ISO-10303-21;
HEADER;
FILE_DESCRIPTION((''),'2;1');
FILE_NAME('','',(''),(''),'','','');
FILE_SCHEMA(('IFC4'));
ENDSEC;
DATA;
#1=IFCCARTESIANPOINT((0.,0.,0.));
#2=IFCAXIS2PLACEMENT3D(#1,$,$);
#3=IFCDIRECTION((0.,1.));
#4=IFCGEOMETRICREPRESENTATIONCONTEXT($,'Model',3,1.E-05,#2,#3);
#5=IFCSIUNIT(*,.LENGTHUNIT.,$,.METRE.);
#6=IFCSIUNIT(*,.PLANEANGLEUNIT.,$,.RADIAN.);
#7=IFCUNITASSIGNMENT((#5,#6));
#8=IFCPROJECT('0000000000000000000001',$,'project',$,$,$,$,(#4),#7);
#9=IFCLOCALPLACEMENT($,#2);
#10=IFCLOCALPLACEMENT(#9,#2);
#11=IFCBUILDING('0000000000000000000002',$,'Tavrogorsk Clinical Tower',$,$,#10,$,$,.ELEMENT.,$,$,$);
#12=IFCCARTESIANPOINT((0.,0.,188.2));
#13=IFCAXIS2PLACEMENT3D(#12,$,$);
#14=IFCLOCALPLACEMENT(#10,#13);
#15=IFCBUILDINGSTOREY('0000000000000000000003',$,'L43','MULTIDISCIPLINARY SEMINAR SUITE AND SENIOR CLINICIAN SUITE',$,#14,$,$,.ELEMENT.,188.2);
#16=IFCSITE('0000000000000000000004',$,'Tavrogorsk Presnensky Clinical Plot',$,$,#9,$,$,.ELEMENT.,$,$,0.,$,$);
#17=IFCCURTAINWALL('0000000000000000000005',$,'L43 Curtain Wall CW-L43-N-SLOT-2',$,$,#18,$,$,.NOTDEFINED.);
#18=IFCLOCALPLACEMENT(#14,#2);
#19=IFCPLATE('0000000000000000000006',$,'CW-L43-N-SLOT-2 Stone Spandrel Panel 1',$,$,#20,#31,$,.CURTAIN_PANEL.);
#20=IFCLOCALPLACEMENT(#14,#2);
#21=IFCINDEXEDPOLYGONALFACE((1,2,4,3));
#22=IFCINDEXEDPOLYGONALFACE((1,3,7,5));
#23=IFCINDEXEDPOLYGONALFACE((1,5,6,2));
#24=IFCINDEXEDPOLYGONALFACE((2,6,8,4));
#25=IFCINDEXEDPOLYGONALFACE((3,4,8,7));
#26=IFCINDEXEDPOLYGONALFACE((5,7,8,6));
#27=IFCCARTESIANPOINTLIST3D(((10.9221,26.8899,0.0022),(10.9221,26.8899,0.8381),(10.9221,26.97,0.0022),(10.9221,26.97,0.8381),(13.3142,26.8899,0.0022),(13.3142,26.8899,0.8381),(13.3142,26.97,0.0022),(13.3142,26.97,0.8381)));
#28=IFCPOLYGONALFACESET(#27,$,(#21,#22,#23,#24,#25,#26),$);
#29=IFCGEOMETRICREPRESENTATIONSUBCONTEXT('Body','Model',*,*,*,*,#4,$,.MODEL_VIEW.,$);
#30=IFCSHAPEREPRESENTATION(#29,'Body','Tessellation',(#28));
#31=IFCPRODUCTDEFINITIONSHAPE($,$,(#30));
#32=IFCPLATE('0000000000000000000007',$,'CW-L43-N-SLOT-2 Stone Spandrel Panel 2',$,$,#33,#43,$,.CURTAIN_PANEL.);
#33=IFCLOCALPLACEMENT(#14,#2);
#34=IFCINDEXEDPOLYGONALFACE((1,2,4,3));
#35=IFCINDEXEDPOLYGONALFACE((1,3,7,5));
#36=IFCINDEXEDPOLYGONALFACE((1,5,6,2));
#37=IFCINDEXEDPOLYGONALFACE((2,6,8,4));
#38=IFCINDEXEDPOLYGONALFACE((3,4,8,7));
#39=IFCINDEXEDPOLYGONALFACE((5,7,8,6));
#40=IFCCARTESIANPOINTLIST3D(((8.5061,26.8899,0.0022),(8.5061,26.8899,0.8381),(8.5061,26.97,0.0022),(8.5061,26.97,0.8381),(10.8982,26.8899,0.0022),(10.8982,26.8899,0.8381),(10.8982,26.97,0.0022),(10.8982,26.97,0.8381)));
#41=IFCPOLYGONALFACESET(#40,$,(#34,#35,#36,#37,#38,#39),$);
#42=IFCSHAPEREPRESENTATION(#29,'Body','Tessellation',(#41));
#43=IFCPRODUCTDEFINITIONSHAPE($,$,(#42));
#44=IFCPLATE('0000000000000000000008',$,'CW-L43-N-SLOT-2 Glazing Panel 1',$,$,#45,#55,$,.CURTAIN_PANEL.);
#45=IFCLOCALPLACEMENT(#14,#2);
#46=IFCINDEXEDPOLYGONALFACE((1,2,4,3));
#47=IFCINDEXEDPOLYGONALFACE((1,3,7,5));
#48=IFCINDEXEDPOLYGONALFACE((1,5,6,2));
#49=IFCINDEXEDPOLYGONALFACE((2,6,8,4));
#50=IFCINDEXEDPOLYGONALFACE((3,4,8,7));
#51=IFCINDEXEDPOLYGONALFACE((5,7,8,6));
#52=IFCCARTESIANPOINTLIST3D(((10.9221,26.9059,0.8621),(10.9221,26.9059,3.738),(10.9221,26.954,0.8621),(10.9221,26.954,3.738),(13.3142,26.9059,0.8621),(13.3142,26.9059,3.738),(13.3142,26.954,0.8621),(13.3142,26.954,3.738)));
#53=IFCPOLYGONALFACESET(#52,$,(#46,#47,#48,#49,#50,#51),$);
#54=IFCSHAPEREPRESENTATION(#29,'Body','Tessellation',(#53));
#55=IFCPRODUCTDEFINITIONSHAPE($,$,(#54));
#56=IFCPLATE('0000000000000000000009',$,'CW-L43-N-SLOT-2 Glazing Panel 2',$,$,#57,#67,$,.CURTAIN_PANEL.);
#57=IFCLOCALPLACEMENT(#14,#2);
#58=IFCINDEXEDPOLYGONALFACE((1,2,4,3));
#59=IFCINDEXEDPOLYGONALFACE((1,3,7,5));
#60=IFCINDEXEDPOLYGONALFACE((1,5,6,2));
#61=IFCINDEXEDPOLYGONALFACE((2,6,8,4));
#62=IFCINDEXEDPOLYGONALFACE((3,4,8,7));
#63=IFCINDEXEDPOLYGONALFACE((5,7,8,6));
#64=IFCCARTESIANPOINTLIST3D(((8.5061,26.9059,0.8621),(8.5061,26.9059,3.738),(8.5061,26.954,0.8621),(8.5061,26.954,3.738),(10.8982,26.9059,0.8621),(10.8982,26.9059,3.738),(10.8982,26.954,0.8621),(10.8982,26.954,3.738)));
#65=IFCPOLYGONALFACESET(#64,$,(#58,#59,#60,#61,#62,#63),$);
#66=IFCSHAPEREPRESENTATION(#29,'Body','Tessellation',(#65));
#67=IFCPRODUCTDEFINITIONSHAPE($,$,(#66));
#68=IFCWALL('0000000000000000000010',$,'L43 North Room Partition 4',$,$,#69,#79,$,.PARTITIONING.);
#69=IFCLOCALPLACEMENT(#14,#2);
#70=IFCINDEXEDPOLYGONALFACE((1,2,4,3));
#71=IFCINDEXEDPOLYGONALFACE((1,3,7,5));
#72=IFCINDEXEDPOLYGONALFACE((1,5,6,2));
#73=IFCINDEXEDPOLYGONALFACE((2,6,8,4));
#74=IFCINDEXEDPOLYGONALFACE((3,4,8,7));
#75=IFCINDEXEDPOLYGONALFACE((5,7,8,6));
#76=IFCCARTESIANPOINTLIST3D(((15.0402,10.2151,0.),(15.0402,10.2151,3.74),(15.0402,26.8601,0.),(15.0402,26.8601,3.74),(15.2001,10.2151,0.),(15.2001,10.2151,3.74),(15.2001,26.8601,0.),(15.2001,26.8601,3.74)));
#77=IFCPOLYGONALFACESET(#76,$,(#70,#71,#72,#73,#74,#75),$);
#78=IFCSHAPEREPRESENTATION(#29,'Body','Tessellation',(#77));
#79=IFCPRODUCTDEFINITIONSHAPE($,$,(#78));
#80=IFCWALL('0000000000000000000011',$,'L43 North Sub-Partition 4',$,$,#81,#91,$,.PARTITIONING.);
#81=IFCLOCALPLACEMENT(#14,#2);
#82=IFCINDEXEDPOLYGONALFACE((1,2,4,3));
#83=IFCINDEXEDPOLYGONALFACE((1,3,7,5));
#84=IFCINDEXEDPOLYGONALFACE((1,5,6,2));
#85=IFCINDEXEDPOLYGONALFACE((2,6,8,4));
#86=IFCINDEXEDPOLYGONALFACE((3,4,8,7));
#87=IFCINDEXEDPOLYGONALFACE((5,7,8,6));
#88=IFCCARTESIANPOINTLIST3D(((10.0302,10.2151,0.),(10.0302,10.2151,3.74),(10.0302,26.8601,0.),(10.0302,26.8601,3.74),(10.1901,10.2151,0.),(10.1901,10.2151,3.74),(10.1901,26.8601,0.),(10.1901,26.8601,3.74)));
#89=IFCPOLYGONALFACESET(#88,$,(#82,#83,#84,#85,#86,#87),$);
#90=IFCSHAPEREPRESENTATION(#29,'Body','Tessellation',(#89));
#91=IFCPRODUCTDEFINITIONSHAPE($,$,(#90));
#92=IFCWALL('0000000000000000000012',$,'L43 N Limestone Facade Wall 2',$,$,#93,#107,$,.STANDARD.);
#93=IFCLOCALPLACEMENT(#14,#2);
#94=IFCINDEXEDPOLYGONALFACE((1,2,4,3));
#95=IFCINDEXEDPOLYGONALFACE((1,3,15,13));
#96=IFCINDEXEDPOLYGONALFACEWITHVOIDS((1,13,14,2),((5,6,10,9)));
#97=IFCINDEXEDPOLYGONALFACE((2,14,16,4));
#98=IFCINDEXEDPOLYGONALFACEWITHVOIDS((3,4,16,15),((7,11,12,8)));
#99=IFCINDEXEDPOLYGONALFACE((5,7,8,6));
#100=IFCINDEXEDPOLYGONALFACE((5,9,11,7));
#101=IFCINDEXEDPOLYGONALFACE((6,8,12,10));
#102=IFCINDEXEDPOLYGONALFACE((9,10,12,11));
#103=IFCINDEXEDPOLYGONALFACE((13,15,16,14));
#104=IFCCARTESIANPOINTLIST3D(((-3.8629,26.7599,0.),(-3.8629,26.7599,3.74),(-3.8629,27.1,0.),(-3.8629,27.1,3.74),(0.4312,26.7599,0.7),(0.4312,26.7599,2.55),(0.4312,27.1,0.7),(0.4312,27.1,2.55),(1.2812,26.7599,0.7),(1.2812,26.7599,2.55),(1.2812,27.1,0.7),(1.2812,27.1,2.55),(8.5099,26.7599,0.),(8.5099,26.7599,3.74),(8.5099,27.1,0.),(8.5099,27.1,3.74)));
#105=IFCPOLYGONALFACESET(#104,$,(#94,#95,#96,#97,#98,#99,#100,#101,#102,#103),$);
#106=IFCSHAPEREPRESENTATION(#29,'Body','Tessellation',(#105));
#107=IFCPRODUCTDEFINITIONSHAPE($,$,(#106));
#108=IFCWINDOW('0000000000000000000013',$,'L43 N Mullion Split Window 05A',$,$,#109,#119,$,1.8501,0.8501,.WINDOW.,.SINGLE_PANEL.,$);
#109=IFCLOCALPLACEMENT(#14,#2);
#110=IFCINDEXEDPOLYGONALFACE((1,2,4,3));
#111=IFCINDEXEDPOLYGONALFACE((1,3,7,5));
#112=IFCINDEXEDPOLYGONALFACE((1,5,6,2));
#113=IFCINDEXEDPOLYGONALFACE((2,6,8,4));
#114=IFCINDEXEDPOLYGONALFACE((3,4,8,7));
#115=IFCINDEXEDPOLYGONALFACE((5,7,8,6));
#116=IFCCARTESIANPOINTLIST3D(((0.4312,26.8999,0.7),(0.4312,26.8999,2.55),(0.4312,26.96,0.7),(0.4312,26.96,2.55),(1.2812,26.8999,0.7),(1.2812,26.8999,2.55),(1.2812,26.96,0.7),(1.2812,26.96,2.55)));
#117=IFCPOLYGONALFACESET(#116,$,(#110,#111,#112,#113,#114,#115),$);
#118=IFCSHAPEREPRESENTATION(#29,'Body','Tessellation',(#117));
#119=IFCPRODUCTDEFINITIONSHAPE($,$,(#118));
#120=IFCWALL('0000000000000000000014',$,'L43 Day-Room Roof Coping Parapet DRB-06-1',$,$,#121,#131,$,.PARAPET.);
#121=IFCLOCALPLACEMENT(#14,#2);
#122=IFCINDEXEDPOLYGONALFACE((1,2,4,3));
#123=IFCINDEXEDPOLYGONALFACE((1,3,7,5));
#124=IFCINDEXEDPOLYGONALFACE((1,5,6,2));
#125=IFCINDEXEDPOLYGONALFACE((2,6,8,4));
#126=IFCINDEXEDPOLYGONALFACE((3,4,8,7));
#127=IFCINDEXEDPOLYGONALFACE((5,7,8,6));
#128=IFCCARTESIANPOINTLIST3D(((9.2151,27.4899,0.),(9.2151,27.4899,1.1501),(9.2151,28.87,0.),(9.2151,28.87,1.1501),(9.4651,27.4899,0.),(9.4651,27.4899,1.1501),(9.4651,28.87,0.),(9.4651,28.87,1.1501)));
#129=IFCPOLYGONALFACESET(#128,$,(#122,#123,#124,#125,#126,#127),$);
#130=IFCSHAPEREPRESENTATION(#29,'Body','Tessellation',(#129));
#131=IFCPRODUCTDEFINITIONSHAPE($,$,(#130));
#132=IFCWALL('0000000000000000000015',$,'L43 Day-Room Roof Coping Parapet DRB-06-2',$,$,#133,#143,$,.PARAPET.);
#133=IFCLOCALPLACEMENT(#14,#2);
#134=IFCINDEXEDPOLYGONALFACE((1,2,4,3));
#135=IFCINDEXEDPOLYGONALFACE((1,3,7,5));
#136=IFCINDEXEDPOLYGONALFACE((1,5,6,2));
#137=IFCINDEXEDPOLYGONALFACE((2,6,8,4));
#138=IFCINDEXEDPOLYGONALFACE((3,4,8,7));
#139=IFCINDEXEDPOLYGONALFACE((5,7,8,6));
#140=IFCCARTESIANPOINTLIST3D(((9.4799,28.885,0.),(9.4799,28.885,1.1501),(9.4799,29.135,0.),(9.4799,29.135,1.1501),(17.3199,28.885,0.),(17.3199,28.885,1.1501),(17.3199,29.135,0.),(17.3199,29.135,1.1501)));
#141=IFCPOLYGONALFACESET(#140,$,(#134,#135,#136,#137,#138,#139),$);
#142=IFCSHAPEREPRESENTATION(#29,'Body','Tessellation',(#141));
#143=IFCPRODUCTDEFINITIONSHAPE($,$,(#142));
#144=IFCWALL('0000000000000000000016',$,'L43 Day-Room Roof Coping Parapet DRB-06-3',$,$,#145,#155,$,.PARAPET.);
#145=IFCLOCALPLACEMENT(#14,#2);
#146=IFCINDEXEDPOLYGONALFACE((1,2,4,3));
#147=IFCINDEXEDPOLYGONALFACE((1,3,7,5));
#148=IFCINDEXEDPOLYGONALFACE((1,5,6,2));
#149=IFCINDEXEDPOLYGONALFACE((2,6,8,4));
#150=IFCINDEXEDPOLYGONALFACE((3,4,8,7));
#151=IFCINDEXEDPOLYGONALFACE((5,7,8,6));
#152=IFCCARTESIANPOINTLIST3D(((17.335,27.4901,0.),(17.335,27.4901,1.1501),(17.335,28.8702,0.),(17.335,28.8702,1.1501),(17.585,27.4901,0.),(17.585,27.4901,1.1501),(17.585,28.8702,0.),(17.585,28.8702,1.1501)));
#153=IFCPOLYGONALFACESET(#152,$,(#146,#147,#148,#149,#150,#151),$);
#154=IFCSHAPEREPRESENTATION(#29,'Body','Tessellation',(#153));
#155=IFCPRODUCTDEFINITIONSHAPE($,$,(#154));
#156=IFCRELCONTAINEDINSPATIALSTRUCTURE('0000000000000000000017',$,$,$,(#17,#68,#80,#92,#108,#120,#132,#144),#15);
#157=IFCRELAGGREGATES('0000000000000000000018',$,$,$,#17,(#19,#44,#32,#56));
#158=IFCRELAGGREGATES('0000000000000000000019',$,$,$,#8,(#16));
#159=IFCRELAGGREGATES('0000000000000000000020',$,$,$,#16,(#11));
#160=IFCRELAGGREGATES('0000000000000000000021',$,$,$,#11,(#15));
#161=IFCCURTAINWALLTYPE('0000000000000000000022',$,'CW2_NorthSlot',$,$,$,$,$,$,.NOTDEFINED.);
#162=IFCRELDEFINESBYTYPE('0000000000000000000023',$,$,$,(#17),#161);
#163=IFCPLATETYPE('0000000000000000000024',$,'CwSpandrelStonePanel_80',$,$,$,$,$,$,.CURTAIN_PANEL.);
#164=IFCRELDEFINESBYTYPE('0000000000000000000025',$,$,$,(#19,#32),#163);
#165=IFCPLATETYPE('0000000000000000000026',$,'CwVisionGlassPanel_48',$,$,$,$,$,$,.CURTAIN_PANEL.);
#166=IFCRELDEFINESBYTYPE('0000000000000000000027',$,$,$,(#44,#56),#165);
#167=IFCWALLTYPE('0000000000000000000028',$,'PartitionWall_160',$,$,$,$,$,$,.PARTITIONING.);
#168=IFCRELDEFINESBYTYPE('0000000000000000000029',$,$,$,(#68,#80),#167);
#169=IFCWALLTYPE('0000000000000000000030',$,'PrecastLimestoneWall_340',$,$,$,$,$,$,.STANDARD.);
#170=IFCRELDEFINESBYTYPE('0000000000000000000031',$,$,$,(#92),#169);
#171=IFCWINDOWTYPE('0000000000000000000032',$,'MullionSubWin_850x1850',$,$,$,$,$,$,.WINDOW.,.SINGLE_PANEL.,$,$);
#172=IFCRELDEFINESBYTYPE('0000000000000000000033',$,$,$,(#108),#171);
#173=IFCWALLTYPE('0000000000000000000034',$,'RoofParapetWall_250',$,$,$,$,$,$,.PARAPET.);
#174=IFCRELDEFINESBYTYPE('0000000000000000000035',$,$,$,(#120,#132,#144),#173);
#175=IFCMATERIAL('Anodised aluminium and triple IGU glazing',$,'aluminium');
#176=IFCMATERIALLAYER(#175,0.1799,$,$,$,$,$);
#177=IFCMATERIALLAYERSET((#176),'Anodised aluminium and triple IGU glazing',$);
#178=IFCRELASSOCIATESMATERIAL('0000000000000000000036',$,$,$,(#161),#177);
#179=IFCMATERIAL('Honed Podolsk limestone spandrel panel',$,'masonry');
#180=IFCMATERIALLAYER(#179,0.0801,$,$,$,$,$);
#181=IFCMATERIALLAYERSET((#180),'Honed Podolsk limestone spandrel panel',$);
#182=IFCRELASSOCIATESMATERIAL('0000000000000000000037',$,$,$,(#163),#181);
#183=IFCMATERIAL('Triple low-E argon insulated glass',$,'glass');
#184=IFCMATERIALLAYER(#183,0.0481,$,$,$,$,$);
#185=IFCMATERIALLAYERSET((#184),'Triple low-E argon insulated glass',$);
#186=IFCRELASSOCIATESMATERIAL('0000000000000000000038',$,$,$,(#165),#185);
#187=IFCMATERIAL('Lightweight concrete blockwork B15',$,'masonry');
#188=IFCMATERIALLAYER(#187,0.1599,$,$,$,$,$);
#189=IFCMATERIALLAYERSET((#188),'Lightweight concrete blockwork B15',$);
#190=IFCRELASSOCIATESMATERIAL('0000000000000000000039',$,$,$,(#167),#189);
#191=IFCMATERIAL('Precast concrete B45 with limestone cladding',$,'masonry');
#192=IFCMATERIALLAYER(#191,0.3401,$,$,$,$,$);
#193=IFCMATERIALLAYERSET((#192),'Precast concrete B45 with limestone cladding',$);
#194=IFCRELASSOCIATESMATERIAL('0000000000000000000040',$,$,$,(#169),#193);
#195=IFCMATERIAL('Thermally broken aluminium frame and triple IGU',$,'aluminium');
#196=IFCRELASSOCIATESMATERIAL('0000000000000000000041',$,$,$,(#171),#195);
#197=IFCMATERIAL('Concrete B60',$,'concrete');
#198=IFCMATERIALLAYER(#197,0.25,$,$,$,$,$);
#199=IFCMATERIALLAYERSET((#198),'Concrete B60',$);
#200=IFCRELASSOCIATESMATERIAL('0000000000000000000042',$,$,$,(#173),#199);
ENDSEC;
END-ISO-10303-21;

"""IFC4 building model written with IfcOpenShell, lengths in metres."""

from ifc_helpers import new_model, si_unit, direction, frame, frame_2d, origin, origin_2d, place, context, subcontext, project, spatial, rectangle, extrude, material, layer, layer_set, type_object, element, fill, aggregate, save


model = new_model("IFC4")

# Units and contexts
model_context = context("Model", 3, precision=1e-05, world=origin(), true_north=direction((0.0, 1.0)))
body_context = subcontext(model_context, "Body", "Model", "MODEL_VIEW")
ifc_project = project(units=[si_unit("LENGTHUNIT", "METRE"), si_unit("PLANEANGLEUNIT", "RADIAN")], contexts=[model_context])

# Site, building, storey
site_placement = place(None, origin())
site = spatial("IfcSite", under=ifc_project, at=site_placement, Name="Tavrogorsk Presnensky Clinical Plot", CompositionType="ELEMENT", RefElevation=0.0)
building_placement = place(site_placement, origin())
building = spatial("IfcBuilding", under=site, at=building_placement, Name="Tavrogorsk Clinical Tower", CompositionType="ELEMENT")
storey_placement = place(building_placement, frame((0.0, 0.0, 188.2)))
storey = spatial("IfcBuildingStorey", under=building, at=storey_placement, Name="L43", Description="MULTIDISCIPLINARY SEMINAR SUITE AND SENIOR CLINICIAN SUITE", CompositionType="ELEMENT", Elevation=188.2)

# Curtain wall
ifc_material_1 = material(Name="Anodised aluminium and triple IGU glazing", Category="aluminium")
ifc_layer_1 = layer(ifc_material_1, 0.1799)
ifc_layer_set_1 = layer_set([ifc_layer_1], Name="Anodised aluminium and triple IGU glazing")
curtain_wall_type = type_object("IfcCurtainWallType", Name="CW2_NorthSlot", PredefinedType="NOTDEFINED", material=ifc_layer_set_1)
curtain_wall_placement = place(storey_placement, origin())
curtain_wall = element("IfcCurtainWall", 1, at=curtain_wall_placement, inside=storey, type_object=curtain_wall_type, Name="L43 Curtain Wall CW-L43-N-SLOT-2", PredefinedType="NOTDEFINED")

# Plates
ifc_material_2 = material(Name="Honed Podolsk limestone spandrel panel", Category="masonry")
ifc_layer_2 = layer(ifc_material_2, 0.0801)
ifc_layer_set_2 = layer_set([ifc_layer_2], Name="Honed Podolsk limestone spandrel panel")
plate_type_1 = type_object("IfcPlateType", Name="CwSpandrelStonePanel_80", PredefinedType="CURTAIN_PANEL", material=ifc_layer_set_2)
plate_1_placement = place(storey_placement, frame((12.1182, 26.9299, 0.0022), z_axis=(0.0, 0.0, 1.0), x_axis=(-1.0, 0.0, 0.0)))
plate_1 = element("IfcPlate", 2, at=plate_1_placement, type_object=plate_type_1, Name="CW-L43-N-SLOT-2 Stone Spandrel Panel 1", PredefinedType="CURTAIN_PANEL", context=body_context, shape_type="SweptSolid", body=[
    extrude(rectangle(XDim=2.3921, YDim=0.0801, at=origin_2d()), origin(), (0.0, 0.0, 1.0), 0.8359),
])
plate_2_placement = place(storey_placement, frame((9.7021, 26.9299, 0.0022), z_axis=(0.0, 0.0, 1.0), x_axis=(-1.0, 0.0, 0.0)))
plate_2 = element("IfcPlate", 3, at=plate_2_placement, type_object=plate_type_1, Name="CW-L43-N-SLOT-2 Stone Spandrel Panel 2", PredefinedType="CURTAIN_PANEL", context=body_context, shape_type="SweptSolid", body=[
    extrude(rectangle(XDim=2.3921, YDim=0.0801, at=origin_2d()), origin(), (0.0, 0.0, 1.0), 0.8359),
])
ifc_material_3 = material(Name="Triple low-E argon insulated glass", Category="glass")
ifc_layer_3 = layer(ifc_material_3, 0.0481)
ifc_layer_set_3 = layer_set([ifc_layer_3], Name="Triple low-E argon insulated glass")
plate_type_2 = type_object("IfcPlateType", Name="CwVisionGlassPanel_48", PredefinedType="CURTAIN_PANEL", material=ifc_layer_set_3)
plate_3_placement = place(storey_placement, frame((12.1182, 26.9299, 0.8621), z_axis=(0.0, 0.0, 1.0), x_axis=(-1.0, 0.0, 0.0)))
plate_3 = element("IfcPlate", 4, at=plate_3_placement, type_object=plate_type_2, Name="CW-L43-N-SLOT-2 Glazing Panel 1", PredefinedType="CURTAIN_PANEL", context=body_context, shape_type="SweptSolid", body=[
    extrude(rectangle(XDim=2.3921, YDim=0.0481, at=origin_2d()), origin(), (0.0, 0.0, 1.0), 2.876),
])
plate_4_placement = place(storey_placement, frame((9.7021, 26.9299, 0.8621), z_axis=(0.0, 0.0, 1.0), x_axis=(-1.0, 0.0, 0.0)))
plate_4 = element("IfcPlate", 5, at=plate_4_placement, type_object=plate_type_2, Name="CW-L43-N-SLOT-2 Glazing Panel 2", PredefinedType="CURTAIN_PANEL", context=body_context, shape_type="SweptSolid", body=[
    extrude(rectangle(XDim=2.3921, YDim=0.0481, at=origin_2d()), origin(), (0.0, 0.0, 1.0), 2.876),
])
aggregate(curtain_wall, [plate_1, plate_3, plate_2, plate_4])

# Walls
ifc_material_4 = material(Name="Lightweight concrete blockwork B15", Category="masonry")
ifc_layer_4 = layer(ifc_material_4, 0.1599)
ifc_layer_set_4 = layer_set([ifc_layer_4], Name="Lightweight concrete blockwork B15")
wall_type_1 = type_object("IfcWallType", Name="PartitionWall_160", PredefinedType="PARTITIONING", material=ifc_layer_set_4)
for number, where, z_axis, x_axis, name in (
    (6, (15.1201, 10.2151, 0.0), (0.0, 0.0, 1.0), (0.0, 1.0, 0.0), "L43 North Room Partition 4"),
    (7, (10.1101, 10.2151, 0.0), (0.0, 0.0, 1.0), (0.0, 1.0, 0.0), "L43 North Sub-Partition 4"),
):
    element("IfcWall", number, at=place(storey_placement, frame(where, z_axis=z_axis, x_axis=x_axis)), inside=storey, type_object=wall_type_1, Name=name, PredefinedType="PARTITIONING", context=body_context, shape_type="SweptSolid", body=[
        extrude(rectangle(XDim=16.645, YDim=0.1599, at=frame_2d((8.3225, 0.0))), origin(), (0.0, 0.0, 1.0), 3.74),
    ])

# Wall, opening, window
ifc_material_5 = material(Name="Precast concrete B45 with limestone cladding", Category="masonry")
ifc_layer_5 = layer(ifc_material_5, 0.3401)
ifc_layer_set_5 = layer_set([ifc_layer_5], Name="Precast concrete B45 with limestone cladding")
wall_type_2 = type_object("IfcWallType", Name="PrecastLimestoneWall_340", PredefinedType="STANDARD", material=ifc_layer_set_5)
wall_1_placement = place(storey_placement, frame((8.51, 26.9299, 0.0), z_axis=(0.0, 0.0, 1.0), x_axis=(-1.0, 0.0, 0.0)))
wall_1 = element("IfcWall", 8, at=wall_1_placement, inside=storey, type_object=wall_type_2, Name="L43 N Limestone Facade Wall 2", PredefinedType="STANDARD", context=body_context, shape_type="SweptSolid", body=[
    extrude(rectangle(XDim=12.3728, YDim=0.3401, at=frame_2d((6.1865, 0.0))), origin(), (0.0, 0.0, 1.0), 3.74),
])
opening_placement = place(wall_1_placement, frame((7.2288, 0.0, 0.7)))
opening = element("IfcOpeningElement", 9, at=opening_placement, cuts=wall_1, PredefinedType="OPENING", context=body_context, shape_type="SweptSolid", body=[
    extrude(rectangle(XDim=0.8501, YDim=1.8501, at=frame_2d((0.425, 0.925))), frame((0.0, 0.1799, 0.0), z_axis=(0.0, -1.0, 0.0), x_axis=(1.0, 0.0, 0.0)), (0.0, 0.0, 1.0), 0.3601),
])
ifc_material_6 = material(Name="Thermally broken aluminium frame and triple IGU", Category="aluminium")
window_type = type_object("IfcWindowType", Name="MullionSubWin_850x1850", PartitioningType="SINGLE_PANEL", PredefinedType="WINDOW", material=ifc_material_6)
window_placement = place(opening_placement, origin())
window = element("IfcWindow", 10, at=window_placement, inside=storey, type_object=window_type, Name="L43 N Mullion Split Window 05A", OverallHeight=1.8501, OverallWidth=0.8501, PartitioningType="SINGLE_PANEL", PredefinedType="WINDOW", context=body_context, shape_type="SweptSolid", body=[
    extrude(rectangle(XDim=0.8501, YDim=1.8501, at=frame_2d((0.425, 0.925))), frame((0.0, 0.03, 0.0), z_axis=(0.0, -1.0, 0.0), x_axis=(1.0, 0.0, 0.0)), (0.0, 0.0, 1.0), 0.0601),
])
fill(opening, window)

# Walls
ifc_material_7 = material(Name="Concrete B60", Category="concrete")
ifc_layer_6 = layer(ifc_material_7, 0.25)
ifc_layer_set_6 = layer_set([ifc_layer_6], Name="Concrete B60")
wall_type_3 = type_object("IfcWallType", Name="RoofParapetWall_250", PredefinedType="PARAPET", material=ifc_layer_set_6)
wall_2_placement = place(storey_placement, frame((9.3401, 27.49, 0.0), z_axis=(0.0, 0.0, 1.0), x_axis=(0.0, 1.0, 0.0)))
element("IfcWall", 11, at=wall_2_placement, inside=storey, type_object=wall_type_3, Name="L43 Day-Room Roof Coping Parapet DRB-06-1", PredefinedType="PARAPET", context=body_context, shape_type="SweptSolid", body=[
    extrude(rectangle(XDim=1.3801, YDim=0.25, at=frame_2d((0.6899, 0.0))), origin(), (0.0, 0.0, 1.0), 1.1501),
])
wall_3_placement = place(storey_placement, frame((9.48, 29.01, 0.0), z_axis=(0.0, 0.0, 1.0), x_axis=(1.0, 0.0, 0.0)))
element("IfcWall", 12, at=wall_3_placement, inside=storey, type_object=wall_type_3, Name="L43 Day-Room Roof Coping Parapet DRB-06-2", PredefinedType="PARAPET", context=body_context, shape_type="SweptSolid", body=[
    extrude(rectangle(XDim=7.8401, YDim=0.25, at=frame_2d((3.9199, 0.0))), origin(), (0.0, 0.0, 1.0), 1.1501),
])
wall_4_placement = place(storey_placement, frame((17.46, 28.8701, 0.0), z_axis=(0.0, 0.0, 1.0), x_axis=(0.0, -1.0, 0.0)))
element("IfcWall", 13, at=wall_4_placement, inside=storey, type_object=wall_type_3, Name="L43 Day-Room Roof Coping Parapet DRB-06-3", PredefinedType="PARAPET", context=body_context, shape_type="SweptSolid", body=[
    extrude(rectangle(XDim=1.3801, YDim=0.25, at=frame_2d((0.6899, 0.0))), origin(), (0.0, 0.0, 1.0), 1.1501),
])

save(model, "model.ifc")
